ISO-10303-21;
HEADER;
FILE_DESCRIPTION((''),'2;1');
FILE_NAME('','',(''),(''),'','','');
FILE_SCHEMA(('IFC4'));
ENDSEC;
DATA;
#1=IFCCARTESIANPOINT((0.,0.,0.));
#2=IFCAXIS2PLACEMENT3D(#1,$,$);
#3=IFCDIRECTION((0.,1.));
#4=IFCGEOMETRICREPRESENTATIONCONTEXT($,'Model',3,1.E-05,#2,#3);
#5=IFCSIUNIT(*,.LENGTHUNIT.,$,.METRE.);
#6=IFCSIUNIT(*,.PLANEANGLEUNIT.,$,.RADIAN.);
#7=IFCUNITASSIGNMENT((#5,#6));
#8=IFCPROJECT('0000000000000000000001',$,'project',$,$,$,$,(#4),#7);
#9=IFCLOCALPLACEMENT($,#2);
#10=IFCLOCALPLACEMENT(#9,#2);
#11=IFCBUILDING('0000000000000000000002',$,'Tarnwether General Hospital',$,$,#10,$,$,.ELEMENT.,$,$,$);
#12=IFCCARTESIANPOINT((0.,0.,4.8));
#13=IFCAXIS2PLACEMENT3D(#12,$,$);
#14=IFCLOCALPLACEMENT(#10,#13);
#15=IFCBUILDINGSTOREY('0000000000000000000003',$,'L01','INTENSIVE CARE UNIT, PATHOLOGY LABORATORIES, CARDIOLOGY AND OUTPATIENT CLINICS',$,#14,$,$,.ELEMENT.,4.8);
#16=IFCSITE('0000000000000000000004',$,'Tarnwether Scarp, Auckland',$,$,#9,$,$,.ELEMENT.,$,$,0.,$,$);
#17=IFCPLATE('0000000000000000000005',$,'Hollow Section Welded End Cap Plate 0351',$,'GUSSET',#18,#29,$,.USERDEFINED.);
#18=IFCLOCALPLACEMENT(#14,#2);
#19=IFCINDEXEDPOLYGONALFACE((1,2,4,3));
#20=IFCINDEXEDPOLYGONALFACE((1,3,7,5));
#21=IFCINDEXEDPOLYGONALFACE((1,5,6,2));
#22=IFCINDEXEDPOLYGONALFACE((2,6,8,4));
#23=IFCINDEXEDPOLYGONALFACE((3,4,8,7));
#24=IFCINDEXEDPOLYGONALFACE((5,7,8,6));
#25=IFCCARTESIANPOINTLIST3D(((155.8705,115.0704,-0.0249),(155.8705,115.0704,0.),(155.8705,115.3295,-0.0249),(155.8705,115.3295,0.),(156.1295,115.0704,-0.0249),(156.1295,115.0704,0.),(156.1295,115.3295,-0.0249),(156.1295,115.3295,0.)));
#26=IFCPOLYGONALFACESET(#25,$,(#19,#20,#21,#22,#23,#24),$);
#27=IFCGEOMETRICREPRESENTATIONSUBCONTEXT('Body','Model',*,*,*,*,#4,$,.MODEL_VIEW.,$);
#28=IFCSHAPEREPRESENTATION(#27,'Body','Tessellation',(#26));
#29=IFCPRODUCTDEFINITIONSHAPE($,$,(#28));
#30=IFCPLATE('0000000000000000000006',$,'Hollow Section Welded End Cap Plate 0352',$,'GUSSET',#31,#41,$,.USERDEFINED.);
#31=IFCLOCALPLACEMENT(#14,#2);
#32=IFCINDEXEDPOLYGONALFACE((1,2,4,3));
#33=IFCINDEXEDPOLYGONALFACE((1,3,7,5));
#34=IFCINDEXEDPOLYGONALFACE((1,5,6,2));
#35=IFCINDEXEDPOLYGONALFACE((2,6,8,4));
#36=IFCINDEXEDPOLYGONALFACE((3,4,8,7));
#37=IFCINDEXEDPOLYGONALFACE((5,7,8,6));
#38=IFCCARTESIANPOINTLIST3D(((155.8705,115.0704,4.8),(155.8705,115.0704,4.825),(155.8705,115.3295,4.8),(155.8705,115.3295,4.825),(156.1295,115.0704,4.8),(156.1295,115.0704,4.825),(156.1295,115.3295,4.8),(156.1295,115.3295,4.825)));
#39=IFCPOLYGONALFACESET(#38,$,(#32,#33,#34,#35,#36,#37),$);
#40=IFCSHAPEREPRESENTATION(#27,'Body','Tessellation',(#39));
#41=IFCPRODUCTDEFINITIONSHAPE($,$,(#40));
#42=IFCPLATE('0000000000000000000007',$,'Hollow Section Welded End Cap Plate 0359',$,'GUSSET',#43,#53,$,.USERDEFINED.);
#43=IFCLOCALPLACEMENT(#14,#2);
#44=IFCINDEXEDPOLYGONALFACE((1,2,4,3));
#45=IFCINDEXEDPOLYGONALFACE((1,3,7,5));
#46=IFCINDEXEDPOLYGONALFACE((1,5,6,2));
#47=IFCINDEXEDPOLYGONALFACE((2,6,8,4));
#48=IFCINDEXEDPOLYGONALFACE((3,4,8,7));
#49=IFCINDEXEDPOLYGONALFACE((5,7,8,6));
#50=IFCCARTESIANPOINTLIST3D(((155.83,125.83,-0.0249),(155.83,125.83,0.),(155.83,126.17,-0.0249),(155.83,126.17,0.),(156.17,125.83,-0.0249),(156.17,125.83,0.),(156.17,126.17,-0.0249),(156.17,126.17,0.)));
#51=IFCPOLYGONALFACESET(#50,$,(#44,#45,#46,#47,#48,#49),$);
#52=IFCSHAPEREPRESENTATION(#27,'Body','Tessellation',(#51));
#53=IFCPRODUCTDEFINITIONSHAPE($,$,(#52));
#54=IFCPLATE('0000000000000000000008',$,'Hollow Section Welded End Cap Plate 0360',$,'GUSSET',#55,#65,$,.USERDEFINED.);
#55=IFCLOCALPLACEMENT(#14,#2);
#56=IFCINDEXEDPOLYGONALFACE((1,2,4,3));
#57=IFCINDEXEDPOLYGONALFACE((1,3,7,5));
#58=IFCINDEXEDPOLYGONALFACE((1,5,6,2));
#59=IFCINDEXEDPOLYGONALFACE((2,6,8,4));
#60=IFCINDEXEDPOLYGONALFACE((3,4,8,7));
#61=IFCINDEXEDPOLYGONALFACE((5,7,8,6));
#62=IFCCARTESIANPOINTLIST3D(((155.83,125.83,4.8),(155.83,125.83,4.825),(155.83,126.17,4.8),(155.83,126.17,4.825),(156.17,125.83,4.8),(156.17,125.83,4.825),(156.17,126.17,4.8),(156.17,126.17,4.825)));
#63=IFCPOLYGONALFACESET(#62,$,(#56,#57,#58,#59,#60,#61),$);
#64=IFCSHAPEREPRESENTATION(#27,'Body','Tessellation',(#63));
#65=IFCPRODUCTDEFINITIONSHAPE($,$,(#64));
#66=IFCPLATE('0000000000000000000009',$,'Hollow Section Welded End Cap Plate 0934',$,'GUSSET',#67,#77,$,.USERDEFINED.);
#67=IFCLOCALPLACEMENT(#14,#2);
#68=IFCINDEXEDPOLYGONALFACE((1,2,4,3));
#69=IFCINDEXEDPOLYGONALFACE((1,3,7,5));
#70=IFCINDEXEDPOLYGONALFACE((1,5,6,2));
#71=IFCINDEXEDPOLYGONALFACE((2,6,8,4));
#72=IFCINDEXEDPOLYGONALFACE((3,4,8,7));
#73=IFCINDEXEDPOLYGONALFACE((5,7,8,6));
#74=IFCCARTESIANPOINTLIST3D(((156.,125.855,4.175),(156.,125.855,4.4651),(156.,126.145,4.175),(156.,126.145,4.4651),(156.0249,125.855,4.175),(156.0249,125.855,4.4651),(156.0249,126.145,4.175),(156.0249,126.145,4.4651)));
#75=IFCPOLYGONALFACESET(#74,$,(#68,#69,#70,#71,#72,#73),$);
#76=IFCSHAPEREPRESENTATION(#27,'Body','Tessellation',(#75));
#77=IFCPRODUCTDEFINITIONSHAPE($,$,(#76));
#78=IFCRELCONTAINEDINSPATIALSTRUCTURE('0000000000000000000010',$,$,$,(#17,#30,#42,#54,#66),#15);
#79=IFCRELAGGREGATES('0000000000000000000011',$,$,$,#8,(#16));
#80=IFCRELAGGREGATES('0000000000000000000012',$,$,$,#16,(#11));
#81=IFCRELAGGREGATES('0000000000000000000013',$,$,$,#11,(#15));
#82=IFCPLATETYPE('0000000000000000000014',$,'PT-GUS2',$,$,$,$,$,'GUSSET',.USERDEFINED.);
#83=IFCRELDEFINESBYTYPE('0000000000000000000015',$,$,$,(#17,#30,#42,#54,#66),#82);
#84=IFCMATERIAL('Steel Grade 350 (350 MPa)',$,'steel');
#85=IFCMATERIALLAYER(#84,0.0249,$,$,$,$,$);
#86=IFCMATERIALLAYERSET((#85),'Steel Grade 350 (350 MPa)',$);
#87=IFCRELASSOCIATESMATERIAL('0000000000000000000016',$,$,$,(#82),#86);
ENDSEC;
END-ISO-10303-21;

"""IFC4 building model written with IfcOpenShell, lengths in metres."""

from ifc_helpers import new_model, si_unit, direction, frame, origin, origin_2d, place, context, subcontext, project, spatial, rectangle, extrude, material, layer, layer_set, type_object, element, save


model = new_model("IFC4")

# Units and contexts
model_context = context("Model", 3, precision=1e-05, world=origin(), true_north=direction((0.0, 1.0)))
body_context = subcontext(model_context, "Body", "Model", "MODEL_VIEW")
ifc_project = project(units=[si_unit("LENGTHUNIT", "METRE"), si_unit("PLANEANGLEUNIT", "RADIAN")], contexts=[model_context])

# Site, building, storey
site_placement = place(None, origin())
site = spatial("IfcSite", under=ifc_project, at=site_placement, Name="Tarnwether Scarp, Auckland", CompositionType="ELEMENT", RefElevation=0.0)
building_placement = place(site_placement, origin())
building = spatial("IfcBuilding", under=site, at=building_placement, Name="Tarnwether General Hospital", CompositionType="ELEMENT")
storey_placement = place(building_placement, frame((0.0, 0.0, 4.8)))
storey = spatial("IfcBuildingStorey", under=building, at=storey_placement, Name="L01", Description="INTENSIVE CARE UNIT, PATHOLOGY LABORATORIES, CARDIOLOGY AND OUTPATIENT CLINICS", CompositionType="ELEMENT", Elevation=4.8)

# Plates
ifc_material_1 = material(Name="Steel Grade 350 (350 MPa)", Category="steel")
ifc_layer_1 = layer(ifc_material_1, 0.0249)
ifc_layer_set_1 = layer_set([ifc_layer_1], Name="Steel Grade 350 (350 MPa)")
plate_type_1 = type_object("IfcPlateType", Name="PT-GUS2", ElementType="GUSSET", PredefinedType="USERDEFINED", material=ifc_layer_set_1)
for number, where, z_axis, x_axis, name in (
    (1, (156.0, 115.2, -0.0249), (0.0, 0.0, 1.0), (1.0, 0.0, 0.0), "Hollow Section Welded End Cap Plate 0351"),
    (2, (156.0, 115.2, 4.8), (0.0, 0.0, 1.0), (1.0, 0.0, 0.0), "Hollow Section Welded End Cap Plate 0352"),
):
    element("IfcPlate", number, at=place(storey_placement, frame(where, z_axis=z_axis, x_axis=x_axis)), inside=storey, type_object=plate_type_1, Name=name, ObjectType="GUSSET", PredefinedType="USERDEFINED", context=body_context, shape_type="SweptSolid", body=[
        extrude(rectangle(XDim=0.259, YDim=0.259, at=origin_2d()), origin(), (0.0, 0.0, 1.0), 0.0249),
    ])
for number, where, z_axis, x_axis, name in (
    (3, (156.0, 126.0, -0.0249), (0.0, 0.0, 1.0), (1.0, 0.0, 0.0), "Hollow Section Welded End Cap Plate 0359"),
    (4, (156.0, 126.0, 4.8), (0.0, 0.0, 1.0), (1.0, 0.0, 0.0), "Hollow Section Welded End Cap Plate 0360"),
):
    element("IfcPlate", number, at=place(storey_placement, frame(where, z_axis=z_axis, x_axis=x_axis)), inside=storey, type_object=plate_type_1, Name=name, ObjectType="GUSSET", PredefinedType="USERDEFINED", context=body_context, shape_type="SweptSolid", body=[
        extrude(rectangle(XDim=0.3401, YDim=0.3401, at=origin_2d()), origin(), (0.0, 0.0, 1.0), 0.0249),
    ])
plate_1_placement = place(storey_placement, frame((156.0125, 126.0, 4.175), z_axis=(0.0, 0.0, 1.0), x_axis=(1.0, 0.0, 0.0)))
element("IfcPlate", 5, at=plate_1_placement, inside=storey, type_object=plate_type_1, Name="Hollow Section Welded End Cap Plate 0934", ObjectType="GUSSET", PredefinedType="USERDEFINED", context=body_context, shape_type="SweptSolid", body=[
    extrude(rectangle(XDim=0.0249, YDim=0.29, at=origin_2d()), origin(), (0.0, 0.0, 1.0), 0.29),
])

save(model, "model.ifc")
